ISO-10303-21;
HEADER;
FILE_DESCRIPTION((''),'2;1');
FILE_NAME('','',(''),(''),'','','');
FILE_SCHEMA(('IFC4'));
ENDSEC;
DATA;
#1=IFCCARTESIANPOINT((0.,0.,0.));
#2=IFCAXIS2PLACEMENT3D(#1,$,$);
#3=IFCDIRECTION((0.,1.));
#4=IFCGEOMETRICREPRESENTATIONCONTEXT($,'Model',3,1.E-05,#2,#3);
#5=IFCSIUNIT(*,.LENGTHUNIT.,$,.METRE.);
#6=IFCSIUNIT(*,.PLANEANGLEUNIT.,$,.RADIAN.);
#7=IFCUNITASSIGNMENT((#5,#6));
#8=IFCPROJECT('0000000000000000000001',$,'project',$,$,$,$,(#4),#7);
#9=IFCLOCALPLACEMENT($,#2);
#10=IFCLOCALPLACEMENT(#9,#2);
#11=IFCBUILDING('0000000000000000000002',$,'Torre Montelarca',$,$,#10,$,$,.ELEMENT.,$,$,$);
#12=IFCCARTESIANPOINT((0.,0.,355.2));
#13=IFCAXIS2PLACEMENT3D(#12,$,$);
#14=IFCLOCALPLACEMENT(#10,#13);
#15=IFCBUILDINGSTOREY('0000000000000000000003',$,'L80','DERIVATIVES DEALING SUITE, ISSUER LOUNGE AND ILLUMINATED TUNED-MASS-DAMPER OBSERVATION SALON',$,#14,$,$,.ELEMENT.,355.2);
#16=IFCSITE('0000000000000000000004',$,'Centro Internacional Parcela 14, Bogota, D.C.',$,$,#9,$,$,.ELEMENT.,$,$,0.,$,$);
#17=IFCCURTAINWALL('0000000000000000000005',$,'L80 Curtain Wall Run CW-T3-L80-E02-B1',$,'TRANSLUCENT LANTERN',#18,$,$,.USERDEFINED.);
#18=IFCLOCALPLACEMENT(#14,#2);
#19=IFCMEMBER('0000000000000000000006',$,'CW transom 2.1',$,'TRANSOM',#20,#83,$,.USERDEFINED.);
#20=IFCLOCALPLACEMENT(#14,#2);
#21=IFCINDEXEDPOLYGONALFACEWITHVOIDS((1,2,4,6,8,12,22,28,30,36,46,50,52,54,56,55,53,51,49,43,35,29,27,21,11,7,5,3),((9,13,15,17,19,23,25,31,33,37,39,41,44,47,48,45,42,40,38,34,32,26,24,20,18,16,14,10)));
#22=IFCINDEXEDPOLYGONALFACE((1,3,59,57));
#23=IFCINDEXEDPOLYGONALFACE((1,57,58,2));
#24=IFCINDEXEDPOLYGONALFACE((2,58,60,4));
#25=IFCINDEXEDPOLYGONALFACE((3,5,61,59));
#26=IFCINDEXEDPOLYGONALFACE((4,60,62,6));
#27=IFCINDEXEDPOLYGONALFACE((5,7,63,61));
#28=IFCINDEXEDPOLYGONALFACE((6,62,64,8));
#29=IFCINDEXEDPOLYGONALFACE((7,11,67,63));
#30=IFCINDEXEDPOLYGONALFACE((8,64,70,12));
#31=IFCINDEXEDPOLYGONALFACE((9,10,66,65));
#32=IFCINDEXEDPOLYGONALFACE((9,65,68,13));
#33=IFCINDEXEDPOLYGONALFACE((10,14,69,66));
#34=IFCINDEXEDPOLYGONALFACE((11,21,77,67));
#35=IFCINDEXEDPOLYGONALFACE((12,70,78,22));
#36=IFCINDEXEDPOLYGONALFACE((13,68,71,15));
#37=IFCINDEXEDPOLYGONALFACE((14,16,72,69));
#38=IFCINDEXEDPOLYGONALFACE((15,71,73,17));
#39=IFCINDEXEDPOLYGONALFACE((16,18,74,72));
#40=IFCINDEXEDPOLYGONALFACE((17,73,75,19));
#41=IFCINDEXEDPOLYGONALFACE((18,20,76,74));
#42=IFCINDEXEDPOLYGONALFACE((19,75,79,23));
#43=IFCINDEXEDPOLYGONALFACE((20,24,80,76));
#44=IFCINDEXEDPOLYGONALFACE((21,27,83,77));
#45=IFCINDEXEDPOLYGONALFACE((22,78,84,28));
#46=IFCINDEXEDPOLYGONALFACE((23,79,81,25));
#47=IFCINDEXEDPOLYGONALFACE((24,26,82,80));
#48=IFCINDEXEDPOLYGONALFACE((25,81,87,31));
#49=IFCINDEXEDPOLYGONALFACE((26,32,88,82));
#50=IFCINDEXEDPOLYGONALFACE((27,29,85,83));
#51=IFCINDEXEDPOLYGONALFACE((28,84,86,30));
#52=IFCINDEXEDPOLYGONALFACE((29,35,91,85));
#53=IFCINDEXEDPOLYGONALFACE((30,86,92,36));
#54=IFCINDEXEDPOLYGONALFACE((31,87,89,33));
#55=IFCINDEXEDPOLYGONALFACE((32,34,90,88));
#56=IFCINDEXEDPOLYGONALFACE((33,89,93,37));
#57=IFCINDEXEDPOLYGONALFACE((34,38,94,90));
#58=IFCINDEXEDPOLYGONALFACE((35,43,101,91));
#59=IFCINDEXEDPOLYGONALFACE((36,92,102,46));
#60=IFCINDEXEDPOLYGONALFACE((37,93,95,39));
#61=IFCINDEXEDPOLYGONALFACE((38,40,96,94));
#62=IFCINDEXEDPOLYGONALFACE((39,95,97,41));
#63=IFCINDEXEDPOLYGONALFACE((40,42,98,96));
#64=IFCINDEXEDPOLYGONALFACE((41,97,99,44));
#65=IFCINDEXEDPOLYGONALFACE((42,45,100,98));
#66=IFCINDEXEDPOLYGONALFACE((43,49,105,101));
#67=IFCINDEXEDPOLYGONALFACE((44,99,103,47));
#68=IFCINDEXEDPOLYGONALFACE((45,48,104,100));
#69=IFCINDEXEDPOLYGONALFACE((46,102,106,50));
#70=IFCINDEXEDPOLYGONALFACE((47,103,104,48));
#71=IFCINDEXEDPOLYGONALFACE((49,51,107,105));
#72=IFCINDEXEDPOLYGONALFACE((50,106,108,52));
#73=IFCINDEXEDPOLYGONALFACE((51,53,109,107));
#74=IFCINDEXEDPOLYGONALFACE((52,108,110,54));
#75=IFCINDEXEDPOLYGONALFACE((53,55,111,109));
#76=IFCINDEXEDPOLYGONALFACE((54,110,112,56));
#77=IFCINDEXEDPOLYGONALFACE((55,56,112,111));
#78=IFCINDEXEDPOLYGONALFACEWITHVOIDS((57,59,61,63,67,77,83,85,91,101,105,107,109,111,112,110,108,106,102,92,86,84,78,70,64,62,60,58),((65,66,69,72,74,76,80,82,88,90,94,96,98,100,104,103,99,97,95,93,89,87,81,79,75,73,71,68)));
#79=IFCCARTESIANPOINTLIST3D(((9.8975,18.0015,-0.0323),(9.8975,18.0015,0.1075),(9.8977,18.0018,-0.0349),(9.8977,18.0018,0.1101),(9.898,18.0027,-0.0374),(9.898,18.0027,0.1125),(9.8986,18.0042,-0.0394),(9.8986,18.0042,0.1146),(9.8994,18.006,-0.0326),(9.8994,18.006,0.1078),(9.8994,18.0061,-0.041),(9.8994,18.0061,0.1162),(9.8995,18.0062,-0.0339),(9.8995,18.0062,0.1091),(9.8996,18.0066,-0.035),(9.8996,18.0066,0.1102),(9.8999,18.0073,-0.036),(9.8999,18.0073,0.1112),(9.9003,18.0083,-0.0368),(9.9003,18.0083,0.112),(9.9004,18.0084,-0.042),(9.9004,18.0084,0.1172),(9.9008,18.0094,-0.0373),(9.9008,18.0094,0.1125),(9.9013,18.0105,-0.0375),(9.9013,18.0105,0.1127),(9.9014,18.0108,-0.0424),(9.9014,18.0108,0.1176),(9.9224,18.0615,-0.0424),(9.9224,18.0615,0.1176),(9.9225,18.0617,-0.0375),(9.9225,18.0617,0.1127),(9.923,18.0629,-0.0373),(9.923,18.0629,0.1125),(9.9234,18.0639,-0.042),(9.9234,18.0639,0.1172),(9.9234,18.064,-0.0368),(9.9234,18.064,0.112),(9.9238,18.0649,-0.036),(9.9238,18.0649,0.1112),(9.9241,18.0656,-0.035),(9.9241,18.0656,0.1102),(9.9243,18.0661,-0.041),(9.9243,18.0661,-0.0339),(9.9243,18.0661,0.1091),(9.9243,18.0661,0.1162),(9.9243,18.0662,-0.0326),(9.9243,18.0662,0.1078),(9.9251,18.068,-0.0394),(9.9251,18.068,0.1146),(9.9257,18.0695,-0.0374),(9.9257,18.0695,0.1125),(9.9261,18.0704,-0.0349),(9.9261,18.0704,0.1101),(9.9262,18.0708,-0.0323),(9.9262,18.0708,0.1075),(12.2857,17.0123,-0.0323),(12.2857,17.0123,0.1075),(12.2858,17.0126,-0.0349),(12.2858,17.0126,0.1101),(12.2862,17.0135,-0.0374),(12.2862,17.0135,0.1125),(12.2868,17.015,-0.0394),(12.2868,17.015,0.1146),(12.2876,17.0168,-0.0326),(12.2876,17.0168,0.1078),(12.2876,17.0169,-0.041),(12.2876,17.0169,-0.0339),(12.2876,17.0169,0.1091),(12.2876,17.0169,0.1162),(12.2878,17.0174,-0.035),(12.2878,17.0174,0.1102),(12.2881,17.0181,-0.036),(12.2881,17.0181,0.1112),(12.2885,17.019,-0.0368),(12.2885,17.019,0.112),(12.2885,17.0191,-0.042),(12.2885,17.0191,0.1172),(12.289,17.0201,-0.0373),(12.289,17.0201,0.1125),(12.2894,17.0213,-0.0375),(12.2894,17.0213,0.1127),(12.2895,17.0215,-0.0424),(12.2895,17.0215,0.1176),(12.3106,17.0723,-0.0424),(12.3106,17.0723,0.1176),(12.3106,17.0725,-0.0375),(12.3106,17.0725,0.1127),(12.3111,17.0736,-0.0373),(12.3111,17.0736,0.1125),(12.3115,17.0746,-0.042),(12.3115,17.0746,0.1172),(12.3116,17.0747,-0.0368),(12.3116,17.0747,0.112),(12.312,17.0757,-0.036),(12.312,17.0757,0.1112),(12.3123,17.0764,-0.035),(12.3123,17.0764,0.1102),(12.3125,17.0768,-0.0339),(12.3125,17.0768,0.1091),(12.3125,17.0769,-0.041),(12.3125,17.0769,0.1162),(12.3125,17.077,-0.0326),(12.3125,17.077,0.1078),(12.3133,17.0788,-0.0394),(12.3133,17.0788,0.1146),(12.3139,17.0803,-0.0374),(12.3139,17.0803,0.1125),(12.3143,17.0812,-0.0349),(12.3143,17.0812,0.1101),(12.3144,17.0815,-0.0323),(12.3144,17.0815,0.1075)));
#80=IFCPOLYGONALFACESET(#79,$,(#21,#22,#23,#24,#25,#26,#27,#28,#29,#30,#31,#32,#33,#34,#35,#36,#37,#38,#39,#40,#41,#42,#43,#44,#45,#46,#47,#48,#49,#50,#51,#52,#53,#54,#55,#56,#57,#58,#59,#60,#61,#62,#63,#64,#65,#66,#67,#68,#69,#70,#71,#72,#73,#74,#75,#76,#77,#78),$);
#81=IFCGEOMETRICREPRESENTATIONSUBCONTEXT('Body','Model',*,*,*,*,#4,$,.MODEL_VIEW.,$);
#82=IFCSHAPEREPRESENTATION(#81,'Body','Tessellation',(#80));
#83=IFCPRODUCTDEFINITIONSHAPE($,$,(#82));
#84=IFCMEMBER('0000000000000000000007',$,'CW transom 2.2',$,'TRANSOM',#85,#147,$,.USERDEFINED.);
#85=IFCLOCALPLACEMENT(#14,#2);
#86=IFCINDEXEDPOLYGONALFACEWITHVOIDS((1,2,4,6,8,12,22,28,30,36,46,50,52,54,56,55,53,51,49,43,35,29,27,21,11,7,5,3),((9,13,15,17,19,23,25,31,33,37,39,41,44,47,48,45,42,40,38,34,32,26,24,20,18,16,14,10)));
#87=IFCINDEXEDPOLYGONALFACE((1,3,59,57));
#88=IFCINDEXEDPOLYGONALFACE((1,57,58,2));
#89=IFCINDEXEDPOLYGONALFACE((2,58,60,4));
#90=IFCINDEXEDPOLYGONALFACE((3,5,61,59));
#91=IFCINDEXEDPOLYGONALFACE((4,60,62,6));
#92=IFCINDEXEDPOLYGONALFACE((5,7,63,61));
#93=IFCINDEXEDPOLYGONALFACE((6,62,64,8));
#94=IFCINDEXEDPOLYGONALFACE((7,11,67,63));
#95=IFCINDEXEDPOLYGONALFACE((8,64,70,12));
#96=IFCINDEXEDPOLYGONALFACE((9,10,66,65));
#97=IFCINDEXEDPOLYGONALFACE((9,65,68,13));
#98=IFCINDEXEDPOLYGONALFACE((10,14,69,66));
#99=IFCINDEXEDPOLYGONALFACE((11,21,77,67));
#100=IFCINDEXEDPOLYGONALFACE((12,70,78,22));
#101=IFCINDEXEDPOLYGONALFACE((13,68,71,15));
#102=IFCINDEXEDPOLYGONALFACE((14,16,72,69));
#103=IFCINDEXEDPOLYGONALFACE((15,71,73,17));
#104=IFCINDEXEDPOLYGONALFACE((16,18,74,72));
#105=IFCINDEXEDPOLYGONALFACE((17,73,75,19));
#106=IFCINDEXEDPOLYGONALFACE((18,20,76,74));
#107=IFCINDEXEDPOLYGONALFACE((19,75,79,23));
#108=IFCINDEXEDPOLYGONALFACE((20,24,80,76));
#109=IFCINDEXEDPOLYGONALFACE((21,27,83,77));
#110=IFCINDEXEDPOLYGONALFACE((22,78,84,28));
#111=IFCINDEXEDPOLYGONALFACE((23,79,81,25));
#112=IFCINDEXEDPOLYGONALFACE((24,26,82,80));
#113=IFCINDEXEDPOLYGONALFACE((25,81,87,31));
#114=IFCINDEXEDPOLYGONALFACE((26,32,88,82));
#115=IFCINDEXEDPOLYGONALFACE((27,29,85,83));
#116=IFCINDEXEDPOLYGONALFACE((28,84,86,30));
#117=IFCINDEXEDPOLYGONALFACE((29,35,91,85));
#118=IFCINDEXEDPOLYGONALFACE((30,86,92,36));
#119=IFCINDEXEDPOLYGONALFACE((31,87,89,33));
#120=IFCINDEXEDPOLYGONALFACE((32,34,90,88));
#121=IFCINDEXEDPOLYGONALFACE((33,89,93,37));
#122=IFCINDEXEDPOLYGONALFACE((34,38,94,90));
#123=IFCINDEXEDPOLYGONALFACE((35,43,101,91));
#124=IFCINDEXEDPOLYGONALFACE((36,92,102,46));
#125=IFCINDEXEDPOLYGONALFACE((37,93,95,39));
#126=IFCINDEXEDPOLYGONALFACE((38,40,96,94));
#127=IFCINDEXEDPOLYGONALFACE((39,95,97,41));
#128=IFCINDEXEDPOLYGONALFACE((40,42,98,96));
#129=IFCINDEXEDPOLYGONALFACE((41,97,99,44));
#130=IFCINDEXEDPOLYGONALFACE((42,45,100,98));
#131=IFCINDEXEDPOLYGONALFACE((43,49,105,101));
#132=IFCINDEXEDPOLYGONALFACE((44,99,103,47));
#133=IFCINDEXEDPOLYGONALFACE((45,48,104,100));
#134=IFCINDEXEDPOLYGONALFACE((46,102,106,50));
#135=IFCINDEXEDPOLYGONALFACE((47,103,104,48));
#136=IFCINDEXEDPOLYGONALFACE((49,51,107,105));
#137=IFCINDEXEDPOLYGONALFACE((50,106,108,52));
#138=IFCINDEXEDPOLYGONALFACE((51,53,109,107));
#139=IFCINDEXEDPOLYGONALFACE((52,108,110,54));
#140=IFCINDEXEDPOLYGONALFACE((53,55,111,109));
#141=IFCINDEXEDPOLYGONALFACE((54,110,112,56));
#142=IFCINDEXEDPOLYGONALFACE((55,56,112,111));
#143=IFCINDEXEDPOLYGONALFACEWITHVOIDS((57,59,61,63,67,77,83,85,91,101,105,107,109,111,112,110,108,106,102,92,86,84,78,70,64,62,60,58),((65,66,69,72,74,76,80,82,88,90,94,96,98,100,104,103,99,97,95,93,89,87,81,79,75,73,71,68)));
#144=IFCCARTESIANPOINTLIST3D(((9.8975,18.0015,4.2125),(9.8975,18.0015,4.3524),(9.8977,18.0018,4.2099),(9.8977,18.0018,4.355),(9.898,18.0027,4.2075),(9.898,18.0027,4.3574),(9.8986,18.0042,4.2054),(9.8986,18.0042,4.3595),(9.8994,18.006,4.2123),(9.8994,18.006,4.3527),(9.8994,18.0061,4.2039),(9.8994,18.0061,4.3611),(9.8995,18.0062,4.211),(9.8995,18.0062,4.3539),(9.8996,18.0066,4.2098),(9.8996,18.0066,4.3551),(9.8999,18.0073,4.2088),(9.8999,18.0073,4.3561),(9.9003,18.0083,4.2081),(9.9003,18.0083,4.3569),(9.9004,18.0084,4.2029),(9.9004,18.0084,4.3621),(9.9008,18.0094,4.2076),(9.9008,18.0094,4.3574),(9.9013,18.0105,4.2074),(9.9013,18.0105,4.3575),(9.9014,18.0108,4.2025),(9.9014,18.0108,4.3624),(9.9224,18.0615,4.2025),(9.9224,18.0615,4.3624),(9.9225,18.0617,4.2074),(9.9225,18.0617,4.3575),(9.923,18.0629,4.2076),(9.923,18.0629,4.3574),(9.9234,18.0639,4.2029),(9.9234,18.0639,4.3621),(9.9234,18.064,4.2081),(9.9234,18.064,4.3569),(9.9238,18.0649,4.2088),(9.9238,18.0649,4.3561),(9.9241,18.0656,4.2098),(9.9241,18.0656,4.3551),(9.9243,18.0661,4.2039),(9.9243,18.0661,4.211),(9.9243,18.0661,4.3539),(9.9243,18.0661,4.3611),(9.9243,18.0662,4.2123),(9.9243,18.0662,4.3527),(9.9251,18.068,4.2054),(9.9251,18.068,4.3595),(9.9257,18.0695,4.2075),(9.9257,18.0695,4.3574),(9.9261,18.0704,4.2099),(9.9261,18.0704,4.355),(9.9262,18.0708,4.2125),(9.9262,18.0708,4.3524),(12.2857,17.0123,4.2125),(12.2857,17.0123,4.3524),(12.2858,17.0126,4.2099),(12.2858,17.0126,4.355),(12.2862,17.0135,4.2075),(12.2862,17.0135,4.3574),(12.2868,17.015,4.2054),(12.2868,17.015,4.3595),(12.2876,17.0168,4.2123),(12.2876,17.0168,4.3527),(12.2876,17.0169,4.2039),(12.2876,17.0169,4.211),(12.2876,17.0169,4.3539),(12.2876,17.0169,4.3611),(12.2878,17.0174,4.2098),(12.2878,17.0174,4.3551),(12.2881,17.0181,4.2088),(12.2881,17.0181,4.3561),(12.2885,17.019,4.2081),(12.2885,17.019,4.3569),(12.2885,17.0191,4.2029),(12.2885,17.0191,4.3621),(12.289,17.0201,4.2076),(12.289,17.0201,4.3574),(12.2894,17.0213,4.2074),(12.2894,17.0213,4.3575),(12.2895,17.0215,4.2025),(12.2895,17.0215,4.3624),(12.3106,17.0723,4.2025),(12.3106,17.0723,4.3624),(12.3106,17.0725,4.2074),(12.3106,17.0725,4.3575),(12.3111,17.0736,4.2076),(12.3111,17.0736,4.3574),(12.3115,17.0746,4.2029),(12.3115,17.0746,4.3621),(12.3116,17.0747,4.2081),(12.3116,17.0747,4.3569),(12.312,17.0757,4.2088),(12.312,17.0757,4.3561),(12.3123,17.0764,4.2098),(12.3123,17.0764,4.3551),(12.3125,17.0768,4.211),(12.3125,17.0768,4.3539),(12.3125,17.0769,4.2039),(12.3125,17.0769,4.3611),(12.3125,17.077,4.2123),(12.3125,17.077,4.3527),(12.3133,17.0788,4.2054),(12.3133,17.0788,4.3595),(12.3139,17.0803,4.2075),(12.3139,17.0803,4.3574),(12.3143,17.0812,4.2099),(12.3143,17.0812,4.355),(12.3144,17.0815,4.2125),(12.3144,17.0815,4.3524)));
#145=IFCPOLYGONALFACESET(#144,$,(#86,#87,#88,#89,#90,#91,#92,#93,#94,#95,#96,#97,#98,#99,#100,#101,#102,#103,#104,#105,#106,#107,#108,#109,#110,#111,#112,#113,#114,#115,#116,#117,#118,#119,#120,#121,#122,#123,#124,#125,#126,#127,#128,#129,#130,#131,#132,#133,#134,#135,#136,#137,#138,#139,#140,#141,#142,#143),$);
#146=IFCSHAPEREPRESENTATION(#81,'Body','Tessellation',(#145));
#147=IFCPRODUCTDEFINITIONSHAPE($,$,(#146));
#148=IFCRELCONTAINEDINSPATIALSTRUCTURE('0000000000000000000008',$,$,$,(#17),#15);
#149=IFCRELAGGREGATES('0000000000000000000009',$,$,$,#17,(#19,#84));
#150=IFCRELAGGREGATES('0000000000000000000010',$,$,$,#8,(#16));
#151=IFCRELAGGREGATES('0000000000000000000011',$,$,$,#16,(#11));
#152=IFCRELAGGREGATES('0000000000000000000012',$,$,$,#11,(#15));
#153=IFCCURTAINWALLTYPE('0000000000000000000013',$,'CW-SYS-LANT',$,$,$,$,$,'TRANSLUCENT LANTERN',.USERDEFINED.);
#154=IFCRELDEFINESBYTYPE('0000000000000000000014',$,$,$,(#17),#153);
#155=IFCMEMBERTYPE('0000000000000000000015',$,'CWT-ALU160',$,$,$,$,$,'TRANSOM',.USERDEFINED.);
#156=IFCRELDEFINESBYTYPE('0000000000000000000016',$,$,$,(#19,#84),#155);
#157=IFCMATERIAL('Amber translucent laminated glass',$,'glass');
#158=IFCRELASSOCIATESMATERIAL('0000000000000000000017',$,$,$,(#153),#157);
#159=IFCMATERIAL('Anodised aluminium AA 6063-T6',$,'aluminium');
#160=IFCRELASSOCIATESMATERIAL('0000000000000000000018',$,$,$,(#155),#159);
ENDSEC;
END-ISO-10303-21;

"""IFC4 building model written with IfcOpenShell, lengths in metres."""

from ifc_helpers import new_model, si_unit, direction, frame, origin, origin_2d, place, context, subcontext, project, spatial, hollow_rectangle, extrude, source, transform, mapped, material, material_profile, profile_set, type_object, element, aggregate, save


model = new_model("IFC4")

# Units and contexts
model_context = context("Model", 3, precision=1e-05, world=origin(), true_north=direction((0.0, 1.0)))
body_context = subcontext(model_context, "Body", "Model", "MODEL_VIEW")
ifc_project = project(units=[si_unit("LENGTHUNIT", "METRE"), si_unit("PLANEANGLEUNIT", "RADIAN")], contexts=[model_context])

# Site, building, storey
site_placement = place(None, origin())
site = spatial("IfcSite", under=ifc_project, at=site_placement, Name="Centro Internacional Parcela 14, Bogota, D.C.", CompositionType="ELEMENT", RefElevation=0.0)
building_placement = place(site_placement, origin())
building = spatial("IfcBuilding", under=site, at=building_placement, Name="Torre Montelarca", CompositionType="ELEMENT")
storey_placement = place(building_placement, frame((0.0, 0.0, 355.2)))
storey = spatial("IfcBuildingStorey", under=building, at=storey_placement, Name="L80", Description="DERIVATIVES DEALING SUITE, ISSUER LOUNGE AND ILLUMINATED TUNED-MASS-DAMPER OBSERVATION SALON", CompositionType="ELEMENT", Elevation=355.2)

# Curtain wall, members
ifc_material_1 = material(Name="Amber translucent laminated glass", Category="glass")
curtain_wall_type = type_object("IfcCurtainWallType", Name="CW-SYS-LANT", ElementType="TRANSLUCENT LANTERN", PredefinedType="USERDEFINED", material=ifc_material_1)
curtain_wall_1_placement = place(storey_placement, origin())
curtain_wall_1 = element("IfcCurtainWall", 1, at=curtain_wall_1_placement, inside=storey, type_object=curtain_wall_type, Name="L80 Curtain Wall Run CW-T3-L80-E02-B1", ObjectType="TRANSLUCENT LANTERN", PredefinedType="USERDEFINED")
ifc_material_2 = material(Name="Anodised aluminium AA 6063-T6", Category="aluminium")
ifc_material_profile_1 = material_profile(ifc_material_2, hollow_rectangle(XDim=0.075, YDim=0.1599, WallThickness=0.0049, InnerFilletRadius=0.0049, OuterFilletRadius=0.01, at=origin_2d()), Name="ALU75X160X5", Category="aluminium")
ifc_profile_set_1 = profile_set([ifc_material_profile_1], Name="Anodised aluminium AA 6063-T6")
member_type_1 = type_object("IfcMemberType", Name="CWT-ALU160", ElementType="TRANSOM", PredefinedType="USERDEFINED", material=ifc_profile_set_1)
shared_shape_1 = source(origin(), body_context, "Body", "SweptSolid", [
    extrude(hollow_rectangle(XDim=0.075, YDim=0.1599, WallThickness=0.0049, InnerFilletRadius=0.0049, OuterFilletRadius=0.01, at=origin_2d()), origin(), (0.0, 0.0, 1.0), 2.585),
])
member_1_placement = place(storey_placement, frame((9.9119, 18.0361, 0.0376), z_axis=(0.923874, -0.382697, 0.0), x_axis=(0.382697, 0.923874, 0.0)))
member_1 = element("IfcMember", 2, at=member_1_placement, type_object=member_type_1, Name="CW transom 2.1", ObjectType="TRANSOM", PredefinedType="USERDEFINED", context=body_context, shape_type="MappedRepresentation", body=[
    mapped(shared_shape_1, transform((0.0, 0.0, 0.0), scale=1.0)),
])
member_2_placement = place(storey_placement, frame((9.9119, 18.0361, 4.2825), z_axis=(0.923874, -0.382697, 0.0), x_axis=(0.382697, 0.923874, 0.0)))
member_2 = element("IfcMember", 3, at=member_2_placement, type_object=member_type_1, Name="CW transom 2.2", ObjectType="TRANSOM", PredefinedType="USERDEFINED", context=body_context, shape_type="MappedRepresentation", body=[
    mapped(shared_shape_1, transform((0.0, 0.0, 0.0), scale=1.0)),
])

aggregate(curtain_wall_1, [member_1, member_2])

save(model, "model.ifc")
